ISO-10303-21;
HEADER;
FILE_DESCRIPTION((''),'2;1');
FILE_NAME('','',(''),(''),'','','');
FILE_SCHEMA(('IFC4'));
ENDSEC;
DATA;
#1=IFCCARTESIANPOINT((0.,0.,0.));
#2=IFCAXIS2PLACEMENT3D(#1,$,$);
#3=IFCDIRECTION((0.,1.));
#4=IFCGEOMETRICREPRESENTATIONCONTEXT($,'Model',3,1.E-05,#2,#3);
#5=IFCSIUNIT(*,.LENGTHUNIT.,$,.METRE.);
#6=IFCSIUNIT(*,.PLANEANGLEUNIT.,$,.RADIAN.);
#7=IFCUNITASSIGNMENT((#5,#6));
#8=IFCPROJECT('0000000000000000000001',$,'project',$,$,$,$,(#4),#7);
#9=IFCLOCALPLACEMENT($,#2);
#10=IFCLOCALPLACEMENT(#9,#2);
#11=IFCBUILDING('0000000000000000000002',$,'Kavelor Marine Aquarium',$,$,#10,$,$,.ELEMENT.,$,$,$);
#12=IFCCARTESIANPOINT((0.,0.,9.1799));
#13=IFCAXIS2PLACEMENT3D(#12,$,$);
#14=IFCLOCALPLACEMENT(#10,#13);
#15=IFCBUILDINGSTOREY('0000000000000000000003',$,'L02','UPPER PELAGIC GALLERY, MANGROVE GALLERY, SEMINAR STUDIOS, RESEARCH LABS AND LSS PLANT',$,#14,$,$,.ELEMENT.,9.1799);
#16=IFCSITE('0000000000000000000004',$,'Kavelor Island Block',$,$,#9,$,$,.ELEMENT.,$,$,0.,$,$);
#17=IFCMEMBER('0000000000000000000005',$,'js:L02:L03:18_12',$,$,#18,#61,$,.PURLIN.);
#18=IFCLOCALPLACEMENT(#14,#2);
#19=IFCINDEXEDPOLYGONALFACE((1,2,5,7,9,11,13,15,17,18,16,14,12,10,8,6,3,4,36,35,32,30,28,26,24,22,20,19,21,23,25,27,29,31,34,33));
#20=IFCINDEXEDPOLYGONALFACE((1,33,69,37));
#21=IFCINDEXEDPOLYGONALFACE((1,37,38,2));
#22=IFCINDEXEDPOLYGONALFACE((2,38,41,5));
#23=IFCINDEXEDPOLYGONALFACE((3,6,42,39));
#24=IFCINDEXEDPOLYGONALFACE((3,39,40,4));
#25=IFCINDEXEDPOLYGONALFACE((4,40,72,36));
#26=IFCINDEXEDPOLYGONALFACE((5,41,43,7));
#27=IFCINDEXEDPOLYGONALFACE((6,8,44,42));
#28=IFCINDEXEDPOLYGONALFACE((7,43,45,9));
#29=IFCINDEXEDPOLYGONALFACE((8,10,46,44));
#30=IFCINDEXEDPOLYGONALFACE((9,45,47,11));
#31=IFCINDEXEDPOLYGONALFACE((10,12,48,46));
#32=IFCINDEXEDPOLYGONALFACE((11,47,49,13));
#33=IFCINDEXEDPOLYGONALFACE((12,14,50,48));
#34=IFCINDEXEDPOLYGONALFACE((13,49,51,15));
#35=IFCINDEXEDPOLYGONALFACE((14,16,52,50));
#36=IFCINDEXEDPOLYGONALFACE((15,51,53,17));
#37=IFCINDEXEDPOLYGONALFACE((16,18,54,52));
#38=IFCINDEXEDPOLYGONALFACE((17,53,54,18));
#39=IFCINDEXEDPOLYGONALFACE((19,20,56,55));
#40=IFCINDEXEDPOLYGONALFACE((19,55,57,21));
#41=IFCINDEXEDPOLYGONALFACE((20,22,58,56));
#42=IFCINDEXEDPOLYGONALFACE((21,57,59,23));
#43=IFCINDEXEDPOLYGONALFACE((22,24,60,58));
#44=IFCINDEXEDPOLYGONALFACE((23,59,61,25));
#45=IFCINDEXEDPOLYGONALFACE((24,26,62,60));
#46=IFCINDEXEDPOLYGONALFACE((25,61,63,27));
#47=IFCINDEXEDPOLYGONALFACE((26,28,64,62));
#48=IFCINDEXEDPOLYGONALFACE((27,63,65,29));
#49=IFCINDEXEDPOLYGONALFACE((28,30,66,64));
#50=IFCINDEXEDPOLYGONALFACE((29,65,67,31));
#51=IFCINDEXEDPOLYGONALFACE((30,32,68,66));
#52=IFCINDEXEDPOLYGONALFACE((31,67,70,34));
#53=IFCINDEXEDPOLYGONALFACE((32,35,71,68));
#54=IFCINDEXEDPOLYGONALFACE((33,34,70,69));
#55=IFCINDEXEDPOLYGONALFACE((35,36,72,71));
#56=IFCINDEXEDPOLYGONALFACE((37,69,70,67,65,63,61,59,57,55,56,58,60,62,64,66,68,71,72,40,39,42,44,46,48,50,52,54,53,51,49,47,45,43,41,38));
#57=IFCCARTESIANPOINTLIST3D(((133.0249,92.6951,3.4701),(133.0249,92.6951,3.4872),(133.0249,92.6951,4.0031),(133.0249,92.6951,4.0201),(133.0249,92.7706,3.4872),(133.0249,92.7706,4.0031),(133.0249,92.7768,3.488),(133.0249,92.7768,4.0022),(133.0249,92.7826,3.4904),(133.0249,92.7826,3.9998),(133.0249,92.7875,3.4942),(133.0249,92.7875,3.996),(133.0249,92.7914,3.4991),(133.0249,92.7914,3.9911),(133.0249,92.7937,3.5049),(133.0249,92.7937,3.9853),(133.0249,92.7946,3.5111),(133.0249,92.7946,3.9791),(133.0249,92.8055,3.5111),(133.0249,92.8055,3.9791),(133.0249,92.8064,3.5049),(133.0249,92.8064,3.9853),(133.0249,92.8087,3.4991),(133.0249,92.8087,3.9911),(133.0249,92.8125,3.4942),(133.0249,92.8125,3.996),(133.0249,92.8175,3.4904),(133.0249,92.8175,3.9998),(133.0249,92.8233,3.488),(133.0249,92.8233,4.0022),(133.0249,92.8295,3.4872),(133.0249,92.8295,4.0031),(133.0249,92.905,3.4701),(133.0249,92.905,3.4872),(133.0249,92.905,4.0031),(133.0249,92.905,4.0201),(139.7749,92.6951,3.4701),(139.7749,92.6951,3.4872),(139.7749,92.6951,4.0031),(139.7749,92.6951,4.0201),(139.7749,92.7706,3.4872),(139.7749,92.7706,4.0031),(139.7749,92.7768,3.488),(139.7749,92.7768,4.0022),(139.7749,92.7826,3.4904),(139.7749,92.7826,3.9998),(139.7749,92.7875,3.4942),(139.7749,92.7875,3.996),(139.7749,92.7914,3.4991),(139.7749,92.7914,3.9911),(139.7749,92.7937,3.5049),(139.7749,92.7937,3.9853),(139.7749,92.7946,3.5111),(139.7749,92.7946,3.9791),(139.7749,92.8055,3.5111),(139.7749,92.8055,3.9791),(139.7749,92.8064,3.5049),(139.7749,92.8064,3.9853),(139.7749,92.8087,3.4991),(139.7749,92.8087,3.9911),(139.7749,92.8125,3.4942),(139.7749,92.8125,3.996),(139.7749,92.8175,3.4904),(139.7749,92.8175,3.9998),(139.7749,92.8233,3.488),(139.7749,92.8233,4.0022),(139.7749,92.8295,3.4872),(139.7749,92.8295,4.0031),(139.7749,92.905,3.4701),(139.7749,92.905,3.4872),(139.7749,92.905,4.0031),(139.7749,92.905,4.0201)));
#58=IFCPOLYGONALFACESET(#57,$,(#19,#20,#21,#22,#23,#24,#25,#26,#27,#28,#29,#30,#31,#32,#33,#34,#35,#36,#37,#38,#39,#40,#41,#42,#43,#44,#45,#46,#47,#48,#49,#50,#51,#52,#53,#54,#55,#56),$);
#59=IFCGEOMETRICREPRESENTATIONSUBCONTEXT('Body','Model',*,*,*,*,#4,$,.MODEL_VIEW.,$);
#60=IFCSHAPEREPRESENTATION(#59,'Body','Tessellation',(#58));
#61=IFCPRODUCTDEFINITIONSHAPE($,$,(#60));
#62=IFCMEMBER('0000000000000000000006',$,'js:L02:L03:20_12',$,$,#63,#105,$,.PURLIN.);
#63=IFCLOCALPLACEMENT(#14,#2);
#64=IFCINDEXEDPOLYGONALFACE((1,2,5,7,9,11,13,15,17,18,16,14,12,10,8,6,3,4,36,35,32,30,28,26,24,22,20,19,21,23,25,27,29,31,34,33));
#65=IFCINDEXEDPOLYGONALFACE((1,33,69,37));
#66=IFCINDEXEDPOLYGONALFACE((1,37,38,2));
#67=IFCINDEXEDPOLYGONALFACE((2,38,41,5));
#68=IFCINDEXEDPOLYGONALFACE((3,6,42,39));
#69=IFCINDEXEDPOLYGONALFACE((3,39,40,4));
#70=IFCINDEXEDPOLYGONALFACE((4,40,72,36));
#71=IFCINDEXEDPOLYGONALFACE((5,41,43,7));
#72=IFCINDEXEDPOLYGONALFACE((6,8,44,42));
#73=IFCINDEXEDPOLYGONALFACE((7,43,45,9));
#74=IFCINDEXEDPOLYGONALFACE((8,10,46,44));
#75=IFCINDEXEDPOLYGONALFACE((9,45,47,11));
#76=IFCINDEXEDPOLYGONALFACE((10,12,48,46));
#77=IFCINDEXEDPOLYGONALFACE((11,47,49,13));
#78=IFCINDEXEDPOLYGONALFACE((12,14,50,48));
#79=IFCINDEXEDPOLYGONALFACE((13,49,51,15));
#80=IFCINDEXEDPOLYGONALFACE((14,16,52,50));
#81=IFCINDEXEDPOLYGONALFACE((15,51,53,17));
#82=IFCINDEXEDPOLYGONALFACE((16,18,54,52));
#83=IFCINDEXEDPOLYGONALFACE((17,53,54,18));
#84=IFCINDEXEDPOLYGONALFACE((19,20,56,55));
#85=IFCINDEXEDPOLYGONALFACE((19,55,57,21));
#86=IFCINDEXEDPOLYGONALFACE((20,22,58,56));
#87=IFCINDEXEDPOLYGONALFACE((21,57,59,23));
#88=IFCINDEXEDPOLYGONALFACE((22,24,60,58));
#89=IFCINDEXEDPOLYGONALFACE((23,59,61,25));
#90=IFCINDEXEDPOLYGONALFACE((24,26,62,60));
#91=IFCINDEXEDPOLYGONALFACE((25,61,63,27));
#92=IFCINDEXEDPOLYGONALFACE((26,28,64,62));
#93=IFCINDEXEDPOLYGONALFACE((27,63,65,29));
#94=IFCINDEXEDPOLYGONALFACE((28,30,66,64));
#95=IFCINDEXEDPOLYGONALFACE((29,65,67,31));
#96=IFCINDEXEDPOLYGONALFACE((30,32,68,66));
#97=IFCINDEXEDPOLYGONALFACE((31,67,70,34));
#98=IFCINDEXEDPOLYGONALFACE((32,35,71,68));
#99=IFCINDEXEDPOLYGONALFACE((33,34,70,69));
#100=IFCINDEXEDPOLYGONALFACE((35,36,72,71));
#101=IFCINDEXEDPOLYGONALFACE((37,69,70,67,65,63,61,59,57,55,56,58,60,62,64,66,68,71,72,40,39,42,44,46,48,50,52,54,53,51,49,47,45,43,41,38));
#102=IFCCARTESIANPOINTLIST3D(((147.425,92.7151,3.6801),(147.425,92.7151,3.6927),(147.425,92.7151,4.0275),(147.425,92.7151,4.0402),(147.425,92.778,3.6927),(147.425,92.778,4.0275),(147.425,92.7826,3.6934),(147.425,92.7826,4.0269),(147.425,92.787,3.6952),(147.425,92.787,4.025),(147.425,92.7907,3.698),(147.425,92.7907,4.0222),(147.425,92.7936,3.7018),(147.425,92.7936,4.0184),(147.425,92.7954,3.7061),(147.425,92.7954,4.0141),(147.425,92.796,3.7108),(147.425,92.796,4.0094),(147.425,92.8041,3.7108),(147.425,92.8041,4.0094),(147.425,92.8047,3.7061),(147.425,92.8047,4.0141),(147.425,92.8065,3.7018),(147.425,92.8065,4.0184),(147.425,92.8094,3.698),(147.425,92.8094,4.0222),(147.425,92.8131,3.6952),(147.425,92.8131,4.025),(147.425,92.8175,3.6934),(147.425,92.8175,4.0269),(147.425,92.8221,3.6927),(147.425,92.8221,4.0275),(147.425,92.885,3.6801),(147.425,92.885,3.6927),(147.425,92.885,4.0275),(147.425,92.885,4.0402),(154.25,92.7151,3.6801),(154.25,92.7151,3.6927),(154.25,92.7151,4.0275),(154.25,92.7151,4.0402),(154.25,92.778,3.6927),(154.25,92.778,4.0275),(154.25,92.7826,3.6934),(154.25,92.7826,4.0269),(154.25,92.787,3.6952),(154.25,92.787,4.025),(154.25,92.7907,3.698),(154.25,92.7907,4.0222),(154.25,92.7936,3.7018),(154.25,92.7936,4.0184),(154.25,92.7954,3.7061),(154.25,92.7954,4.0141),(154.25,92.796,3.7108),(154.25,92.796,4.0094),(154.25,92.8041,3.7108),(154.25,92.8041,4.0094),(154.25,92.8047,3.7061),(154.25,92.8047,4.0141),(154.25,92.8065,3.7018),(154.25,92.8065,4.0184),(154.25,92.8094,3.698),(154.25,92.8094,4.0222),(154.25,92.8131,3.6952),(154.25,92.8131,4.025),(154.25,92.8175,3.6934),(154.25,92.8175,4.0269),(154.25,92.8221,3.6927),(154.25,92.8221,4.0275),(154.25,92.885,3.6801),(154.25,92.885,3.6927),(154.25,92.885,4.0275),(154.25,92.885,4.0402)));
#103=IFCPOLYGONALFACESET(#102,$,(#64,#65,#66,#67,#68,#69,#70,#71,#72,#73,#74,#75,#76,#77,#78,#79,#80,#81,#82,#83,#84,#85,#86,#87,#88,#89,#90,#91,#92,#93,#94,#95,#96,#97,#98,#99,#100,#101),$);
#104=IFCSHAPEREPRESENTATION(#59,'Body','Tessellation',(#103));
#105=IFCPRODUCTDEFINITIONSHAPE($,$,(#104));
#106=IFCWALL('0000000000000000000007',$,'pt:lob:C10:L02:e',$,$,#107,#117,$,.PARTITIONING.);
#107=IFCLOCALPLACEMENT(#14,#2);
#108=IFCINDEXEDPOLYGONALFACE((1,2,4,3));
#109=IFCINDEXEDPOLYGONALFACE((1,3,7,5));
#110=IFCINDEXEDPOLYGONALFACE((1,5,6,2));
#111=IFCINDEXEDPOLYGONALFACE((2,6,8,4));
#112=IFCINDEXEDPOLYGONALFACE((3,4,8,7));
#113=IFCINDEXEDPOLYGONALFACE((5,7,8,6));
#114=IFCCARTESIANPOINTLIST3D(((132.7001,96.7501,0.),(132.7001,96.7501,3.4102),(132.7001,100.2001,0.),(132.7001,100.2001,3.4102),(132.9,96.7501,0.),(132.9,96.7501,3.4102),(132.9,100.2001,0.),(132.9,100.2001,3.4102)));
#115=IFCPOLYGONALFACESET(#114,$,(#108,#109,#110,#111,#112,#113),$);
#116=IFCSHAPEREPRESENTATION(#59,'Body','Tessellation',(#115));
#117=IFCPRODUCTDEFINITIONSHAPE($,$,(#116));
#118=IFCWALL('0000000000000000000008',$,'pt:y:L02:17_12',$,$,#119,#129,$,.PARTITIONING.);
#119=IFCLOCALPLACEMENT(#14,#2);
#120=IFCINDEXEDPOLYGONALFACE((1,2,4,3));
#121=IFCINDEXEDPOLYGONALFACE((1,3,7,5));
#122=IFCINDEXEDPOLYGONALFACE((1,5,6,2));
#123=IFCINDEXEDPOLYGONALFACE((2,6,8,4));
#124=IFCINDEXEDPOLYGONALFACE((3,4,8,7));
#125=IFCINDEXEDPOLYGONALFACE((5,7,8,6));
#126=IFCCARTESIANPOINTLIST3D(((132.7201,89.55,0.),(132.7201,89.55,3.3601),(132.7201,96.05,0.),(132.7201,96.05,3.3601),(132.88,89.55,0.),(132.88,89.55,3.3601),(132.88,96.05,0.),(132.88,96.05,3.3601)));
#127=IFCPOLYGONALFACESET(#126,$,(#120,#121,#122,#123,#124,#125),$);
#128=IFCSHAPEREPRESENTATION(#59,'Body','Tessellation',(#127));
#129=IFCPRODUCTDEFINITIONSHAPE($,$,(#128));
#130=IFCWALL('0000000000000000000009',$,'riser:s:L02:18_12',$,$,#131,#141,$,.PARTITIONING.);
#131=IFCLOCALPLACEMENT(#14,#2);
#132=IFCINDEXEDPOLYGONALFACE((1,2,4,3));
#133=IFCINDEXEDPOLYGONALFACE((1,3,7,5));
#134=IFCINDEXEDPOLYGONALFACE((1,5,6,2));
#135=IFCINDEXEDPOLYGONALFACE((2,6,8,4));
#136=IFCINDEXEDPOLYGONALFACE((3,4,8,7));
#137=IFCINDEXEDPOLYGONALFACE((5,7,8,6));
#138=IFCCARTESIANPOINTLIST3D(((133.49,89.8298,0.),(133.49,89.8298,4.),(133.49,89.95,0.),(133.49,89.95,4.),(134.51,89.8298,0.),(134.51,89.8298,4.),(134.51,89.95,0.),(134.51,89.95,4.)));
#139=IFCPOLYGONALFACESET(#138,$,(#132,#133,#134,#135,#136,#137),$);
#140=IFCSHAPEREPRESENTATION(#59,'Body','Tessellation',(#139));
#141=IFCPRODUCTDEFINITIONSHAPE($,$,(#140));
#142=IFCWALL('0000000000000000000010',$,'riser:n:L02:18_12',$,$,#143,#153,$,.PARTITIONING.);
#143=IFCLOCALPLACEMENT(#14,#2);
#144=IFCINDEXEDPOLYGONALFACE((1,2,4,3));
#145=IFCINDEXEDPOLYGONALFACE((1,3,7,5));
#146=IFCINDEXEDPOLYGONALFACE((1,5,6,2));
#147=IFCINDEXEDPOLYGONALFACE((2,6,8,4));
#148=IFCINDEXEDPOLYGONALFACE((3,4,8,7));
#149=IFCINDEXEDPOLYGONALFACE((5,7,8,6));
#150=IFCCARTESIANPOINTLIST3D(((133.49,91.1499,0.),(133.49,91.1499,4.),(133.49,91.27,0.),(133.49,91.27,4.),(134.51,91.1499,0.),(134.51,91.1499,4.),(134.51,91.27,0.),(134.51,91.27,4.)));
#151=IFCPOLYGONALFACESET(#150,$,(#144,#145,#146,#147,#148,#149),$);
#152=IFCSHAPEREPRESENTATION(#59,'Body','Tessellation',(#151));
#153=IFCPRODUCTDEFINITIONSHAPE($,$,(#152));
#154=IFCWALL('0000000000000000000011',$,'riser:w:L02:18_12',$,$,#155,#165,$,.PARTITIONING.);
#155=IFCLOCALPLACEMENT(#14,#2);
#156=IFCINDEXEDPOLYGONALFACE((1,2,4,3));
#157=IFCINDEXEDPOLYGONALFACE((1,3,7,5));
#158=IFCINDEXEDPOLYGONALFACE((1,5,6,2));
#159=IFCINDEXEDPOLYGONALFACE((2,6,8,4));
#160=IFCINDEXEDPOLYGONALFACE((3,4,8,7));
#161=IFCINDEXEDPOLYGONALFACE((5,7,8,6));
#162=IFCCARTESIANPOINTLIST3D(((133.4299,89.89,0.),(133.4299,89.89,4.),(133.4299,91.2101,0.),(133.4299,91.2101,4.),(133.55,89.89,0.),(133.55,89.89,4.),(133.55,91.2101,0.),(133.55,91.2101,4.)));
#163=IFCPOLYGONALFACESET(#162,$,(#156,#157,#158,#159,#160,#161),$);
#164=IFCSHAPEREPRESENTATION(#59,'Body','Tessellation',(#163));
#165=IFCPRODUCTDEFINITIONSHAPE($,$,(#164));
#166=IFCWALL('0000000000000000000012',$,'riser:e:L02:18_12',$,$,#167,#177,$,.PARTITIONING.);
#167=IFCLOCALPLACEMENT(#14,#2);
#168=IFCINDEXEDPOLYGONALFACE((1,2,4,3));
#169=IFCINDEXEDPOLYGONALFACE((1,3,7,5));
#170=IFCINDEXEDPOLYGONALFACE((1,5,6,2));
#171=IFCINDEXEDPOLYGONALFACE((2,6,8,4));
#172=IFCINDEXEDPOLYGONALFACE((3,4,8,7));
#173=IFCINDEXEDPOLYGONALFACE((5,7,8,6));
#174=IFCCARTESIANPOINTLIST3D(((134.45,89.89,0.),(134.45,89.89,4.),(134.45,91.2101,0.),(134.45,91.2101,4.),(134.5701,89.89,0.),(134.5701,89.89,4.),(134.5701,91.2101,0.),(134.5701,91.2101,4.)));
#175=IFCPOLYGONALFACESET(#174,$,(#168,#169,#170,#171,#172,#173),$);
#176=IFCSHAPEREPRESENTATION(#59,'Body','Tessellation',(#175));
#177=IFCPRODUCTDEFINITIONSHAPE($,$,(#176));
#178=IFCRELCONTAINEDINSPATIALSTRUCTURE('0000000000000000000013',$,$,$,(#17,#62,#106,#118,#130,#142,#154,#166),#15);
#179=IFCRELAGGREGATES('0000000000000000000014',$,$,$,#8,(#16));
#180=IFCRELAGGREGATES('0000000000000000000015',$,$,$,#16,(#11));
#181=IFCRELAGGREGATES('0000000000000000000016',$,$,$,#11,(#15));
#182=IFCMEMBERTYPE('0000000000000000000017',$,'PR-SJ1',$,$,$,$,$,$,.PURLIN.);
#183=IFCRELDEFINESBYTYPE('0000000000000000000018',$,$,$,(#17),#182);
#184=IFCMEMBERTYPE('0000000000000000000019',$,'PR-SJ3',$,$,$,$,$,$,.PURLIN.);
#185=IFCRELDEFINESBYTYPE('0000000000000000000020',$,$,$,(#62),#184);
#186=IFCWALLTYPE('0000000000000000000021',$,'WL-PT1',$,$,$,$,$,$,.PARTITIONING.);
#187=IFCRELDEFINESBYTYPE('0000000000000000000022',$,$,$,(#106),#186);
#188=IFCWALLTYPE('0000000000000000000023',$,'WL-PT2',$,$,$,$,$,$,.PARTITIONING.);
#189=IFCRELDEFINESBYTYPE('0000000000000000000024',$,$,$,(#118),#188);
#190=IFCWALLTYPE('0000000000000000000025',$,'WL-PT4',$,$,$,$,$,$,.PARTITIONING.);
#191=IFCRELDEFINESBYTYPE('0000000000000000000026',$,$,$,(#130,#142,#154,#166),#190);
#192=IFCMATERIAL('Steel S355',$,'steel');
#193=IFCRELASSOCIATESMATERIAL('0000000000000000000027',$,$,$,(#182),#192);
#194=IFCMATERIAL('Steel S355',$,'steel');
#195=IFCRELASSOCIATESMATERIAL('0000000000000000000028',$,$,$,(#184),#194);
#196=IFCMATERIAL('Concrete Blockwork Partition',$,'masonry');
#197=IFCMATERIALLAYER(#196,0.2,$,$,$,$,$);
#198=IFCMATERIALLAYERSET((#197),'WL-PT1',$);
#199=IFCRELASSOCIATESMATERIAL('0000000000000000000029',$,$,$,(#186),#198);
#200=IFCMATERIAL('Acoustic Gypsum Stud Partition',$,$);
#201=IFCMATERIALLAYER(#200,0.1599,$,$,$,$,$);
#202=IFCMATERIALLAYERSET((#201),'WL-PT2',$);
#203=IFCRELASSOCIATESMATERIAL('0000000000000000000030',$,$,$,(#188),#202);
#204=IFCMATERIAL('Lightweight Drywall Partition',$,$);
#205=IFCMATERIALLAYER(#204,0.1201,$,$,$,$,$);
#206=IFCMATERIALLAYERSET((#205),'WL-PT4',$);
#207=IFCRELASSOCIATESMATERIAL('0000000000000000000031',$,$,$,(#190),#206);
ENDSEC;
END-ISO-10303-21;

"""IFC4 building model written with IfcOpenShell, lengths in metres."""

from ifc_helpers import new_model, si_unit, direction, frame, frame_2d, origin, origin_2d, place, context, subcontext, project, spatial, rectangle, i_section, extrude, material, layer, layer_set, material_profile, profile_set, type_object, element, save


model = new_model("IFC4")

# Units and contexts
model_context = context("Model", 3, precision=1e-05, world=origin(), true_north=direction((0.0, 1.0)))
body_context = subcontext(model_context, "Body", "Model", "MODEL_VIEW")
ifc_project = project(units=[si_unit("LENGTHUNIT", "METRE"), si_unit("PLANEANGLEUNIT", "RADIAN")], contexts=[model_context])

# Site, building, storey
site_placement = place(None, origin())
site = spatial("IfcSite", under=ifc_project, at=site_placement, Name="Kavelor Island Block", CompositionType="ELEMENT", RefElevation=0.0)
building_placement = place(site_placement, origin())
building = spatial("IfcBuilding", under=site, at=building_placement, Name="Kavelor Marine Aquarium", CompositionType="ELEMENT")
storey_placement = place(building_placement, frame((0.0, 0.0, 9.1799)))
storey = spatial("IfcBuildingStorey", under=building, at=storey_placement, Name="L02", Description="UPPER PELAGIC GALLERY, MANGROVE GALLERY, SEMINAR STUDIOS, RESEARCH LABS AND LSS PLANT", CompositionType="ELEMENT", Elevation=9.1799)

# Members
ifc_material_1 = material(Name="Steel S355", Category="steel")
ifc_material_profile_1 = material_profile(ifc_material_1, i_section(OverallWidth=0.21, OverallDepth=0.55, WebThickness=0.011, FlangeThickness=0.0171, FilletRadius=0.0239, at=origin_2d()), Name="IPE 550")
ifc_profile_set_1 = profile_set([ifc_material_profile_1], Name="Steel S355")
member_type_1 = type_object("IfcMemberType", Name="PR-SJ1", PredefinedType="PURLIN", material=ifc_profile_set_1)
member_1_placement = place(storey_placement, frame((133.0249, 92.8, 3.7451), z_axis=(1.0, 0.0, 0.0), x_axis=(0.0, 1.0, 0.0)))
element("IfcMember", 1, at=member_1_placement, inside=storey, type_object=member_type_1, Name="js:L02:L03:18_12", PredefinedType="PURLIN", context=body_context, shape_type="SweptSolid", body=[
    extrude(i_section(OverallWidth=0.21, OverallDepth=0.55, WebThickness=0.011, FlangeThickness=0.0171, FilletRadius=0.0239, at=origin_2d()), origin(), (0.0, 0.0, 1.0), 6.75),
])
ifc_material_2 = material(Name="Steel S355", Category="steel")
ifc_material_profile_2 = material_profile(ifc_material_2, i_section(OverallWidth=0.1699, OverallDepth=0.3601, WebThickness=0.0081, FlangeThickness=0.0127, FilletRadius=0.0181, at=origin_2d()), Name="IPE 360")
ifc_profile_set_2 = profile_set([ifc_material_profile_2], Name="Steel S355")
member_type_2 = type_object("IfcMemberType", Name="PR-SJ3", PredefinedType="PURLIN", material=ifc_profile_set_2)
member_2_placement = place(storey_placement, frame((147.425, 92.8, 3.8601), z_axis=(1.0, 0.0, 0.0), x_axis=(0.0, 1.0, 0.0)))
element("IfcMember", 2, at=member_2_placement, inside=storey, type_object=member_type_2, Name="js:L02:L03:20_12", PredefinedType="PURLIN", context=body_context, shape_type="SweptSolid", body=[
    extrude(i_section(OverallWidth=0.1699, OverallDepth=0.3601, WebThickness=0.0081, FlangeThickness=0.0127, FilletRadius=0.0181, at=origin_2d()), origin(), (0.0, 0.0, 1.0), 6.825),
])

# Walls
ifc_material_3 = material(Name="Concrete Blockwork Partition", Category="masonry")
ifc_layer_1 = layer(ifc_material_3, 0.2)
ifc_layer_set_1 = layer_set([ifc_layer_1], Name="WL-PT1")
wall_type_1 = type_object("IfcWallType", Name="WL-PT1", PredefinedType="PARTITIONING", material=ifc_layer_set_1)
wall_1_placement = place(storey_placement, frame((132.8, 96.75, 0.0), z_axis=(0.0, 0.0, 1.0), x_axis=(0.0, 1.0, 0.0)))
element("IfcWall", 3, at=wall_1_placement, inside=storey, type_object=wall_type_1, Name="pt:lob:C10:L02:e", PredefinedType="PARTITIONING", context=body_context, shape_type="SweptSolid", body=[
    extrude(rectangle(XDim=3.45, YDim=0.2, at=frame_2d((1.7251, 0.0))), origin(), (0.0, 0.0, 1.0), 3.4102),
])
ifc_material_4 = material(Name="Acoustic Gypsum Stud Partition")
ifc_layer_2 = layer(ifc_material_4, 0.1599)
ifc_layer_set_2 = layer_set([ifc_layer_2], Name="WL-PT2")
wall_type_2 = type_object("IfcWallType", Name="WL-PT2", PredefinedType="PARTITIONING", material=ifc_layer_set_2)
wall_2_placement = place(storey_placement, frame((132.8, 89.55, 0.0), z_axis=(0.0, 0.0, 1.0), x_axis=(0.0, 1.0, 0.0)))
element("IfcWall", 4, at=wall_2_placement, inside=storey, type_object=wall_type_2, Name="pt:y:L02:17_12", PredefinedType="PARTITIONING", context=body_context, shape_type="SweptSolid", body=[
    extrude(rectangle(XDim=6.5, YDim=0.1599, at=frame_2d((3.25, 0.0))), origin(), (0.0, 0.0, 1.0), 3.3601),
])
ifc_material_5 = material(Name="Lightweight Drywall Partition")
ifc_layer_3 = layer(ifc_material_5, 0.1201)
ifc_layer_set_3 = layer_set([ifc_layer_3], Name="WL-PT4")
wall_type_3 = type_object("IfcWallType", Name="WL-PT4", PredefinedType="PARTITIONING", material=ifc_layer_set_3)
for number, where, z_axis, x_axis, name in (
    (5, (133.49, 89.8899, 0.0), (0.0, 0.0, 1.0), (1.0, 0.0, 0.0), "riser:s:L02:18_12"),
    (6, (133.49, 91.21, 0.0), (0.0, 0.0, 1.0), (1.0, 0.0, 0.0), "riser:n:L02:18_12"),
):
    element("IfcWall", number, at=place(storey_placement, frame(where, z_axis=z_axis, x_axis=x_axis)), inside=storey, type_object=wall_type_3, Name=name, PredefinedType="PARTITIONING", context=body_context, shape_type="SweptSolid", body=[
        extrude(rectangle(XDim=1.02, YDim=0.1201, at=frame_2d((0.51, 0.0))), origin(), (0.0, 0.0, 1.0), 4.0),
    ])
for number, where, z_axis, x_axis, name in (
    (7, (133.49, 89.8899, 0.0), (0.0, 0.0, 1.0), (0.0, 1.0, 0.0), "riser:w:L02:18_12"),
    (8, (134.51, 89.8899, 0.0), (0.0, 0.0, 1.0), (0.0, 1.0, 0.0), "riser:e:L02:18_12"),
):
    element("IfcWall", number, at=place(storey_placement, frame(where, z_axis=z_axis, x_axis=x_axis)), inside=storey, type_object=wall_type_3, Name=name, PredefinedType="PARTITIONING", context=body_context, shape_type="SweptSolid", body=[
        extrude(rectangle(XDim=1.3201, YDim=0.1201, at=frame_2d((0.6602, 0.0))), origin(), (0.0, 0.0, 1.0), 4.0),
    ])

save(model, "model.ifc")
